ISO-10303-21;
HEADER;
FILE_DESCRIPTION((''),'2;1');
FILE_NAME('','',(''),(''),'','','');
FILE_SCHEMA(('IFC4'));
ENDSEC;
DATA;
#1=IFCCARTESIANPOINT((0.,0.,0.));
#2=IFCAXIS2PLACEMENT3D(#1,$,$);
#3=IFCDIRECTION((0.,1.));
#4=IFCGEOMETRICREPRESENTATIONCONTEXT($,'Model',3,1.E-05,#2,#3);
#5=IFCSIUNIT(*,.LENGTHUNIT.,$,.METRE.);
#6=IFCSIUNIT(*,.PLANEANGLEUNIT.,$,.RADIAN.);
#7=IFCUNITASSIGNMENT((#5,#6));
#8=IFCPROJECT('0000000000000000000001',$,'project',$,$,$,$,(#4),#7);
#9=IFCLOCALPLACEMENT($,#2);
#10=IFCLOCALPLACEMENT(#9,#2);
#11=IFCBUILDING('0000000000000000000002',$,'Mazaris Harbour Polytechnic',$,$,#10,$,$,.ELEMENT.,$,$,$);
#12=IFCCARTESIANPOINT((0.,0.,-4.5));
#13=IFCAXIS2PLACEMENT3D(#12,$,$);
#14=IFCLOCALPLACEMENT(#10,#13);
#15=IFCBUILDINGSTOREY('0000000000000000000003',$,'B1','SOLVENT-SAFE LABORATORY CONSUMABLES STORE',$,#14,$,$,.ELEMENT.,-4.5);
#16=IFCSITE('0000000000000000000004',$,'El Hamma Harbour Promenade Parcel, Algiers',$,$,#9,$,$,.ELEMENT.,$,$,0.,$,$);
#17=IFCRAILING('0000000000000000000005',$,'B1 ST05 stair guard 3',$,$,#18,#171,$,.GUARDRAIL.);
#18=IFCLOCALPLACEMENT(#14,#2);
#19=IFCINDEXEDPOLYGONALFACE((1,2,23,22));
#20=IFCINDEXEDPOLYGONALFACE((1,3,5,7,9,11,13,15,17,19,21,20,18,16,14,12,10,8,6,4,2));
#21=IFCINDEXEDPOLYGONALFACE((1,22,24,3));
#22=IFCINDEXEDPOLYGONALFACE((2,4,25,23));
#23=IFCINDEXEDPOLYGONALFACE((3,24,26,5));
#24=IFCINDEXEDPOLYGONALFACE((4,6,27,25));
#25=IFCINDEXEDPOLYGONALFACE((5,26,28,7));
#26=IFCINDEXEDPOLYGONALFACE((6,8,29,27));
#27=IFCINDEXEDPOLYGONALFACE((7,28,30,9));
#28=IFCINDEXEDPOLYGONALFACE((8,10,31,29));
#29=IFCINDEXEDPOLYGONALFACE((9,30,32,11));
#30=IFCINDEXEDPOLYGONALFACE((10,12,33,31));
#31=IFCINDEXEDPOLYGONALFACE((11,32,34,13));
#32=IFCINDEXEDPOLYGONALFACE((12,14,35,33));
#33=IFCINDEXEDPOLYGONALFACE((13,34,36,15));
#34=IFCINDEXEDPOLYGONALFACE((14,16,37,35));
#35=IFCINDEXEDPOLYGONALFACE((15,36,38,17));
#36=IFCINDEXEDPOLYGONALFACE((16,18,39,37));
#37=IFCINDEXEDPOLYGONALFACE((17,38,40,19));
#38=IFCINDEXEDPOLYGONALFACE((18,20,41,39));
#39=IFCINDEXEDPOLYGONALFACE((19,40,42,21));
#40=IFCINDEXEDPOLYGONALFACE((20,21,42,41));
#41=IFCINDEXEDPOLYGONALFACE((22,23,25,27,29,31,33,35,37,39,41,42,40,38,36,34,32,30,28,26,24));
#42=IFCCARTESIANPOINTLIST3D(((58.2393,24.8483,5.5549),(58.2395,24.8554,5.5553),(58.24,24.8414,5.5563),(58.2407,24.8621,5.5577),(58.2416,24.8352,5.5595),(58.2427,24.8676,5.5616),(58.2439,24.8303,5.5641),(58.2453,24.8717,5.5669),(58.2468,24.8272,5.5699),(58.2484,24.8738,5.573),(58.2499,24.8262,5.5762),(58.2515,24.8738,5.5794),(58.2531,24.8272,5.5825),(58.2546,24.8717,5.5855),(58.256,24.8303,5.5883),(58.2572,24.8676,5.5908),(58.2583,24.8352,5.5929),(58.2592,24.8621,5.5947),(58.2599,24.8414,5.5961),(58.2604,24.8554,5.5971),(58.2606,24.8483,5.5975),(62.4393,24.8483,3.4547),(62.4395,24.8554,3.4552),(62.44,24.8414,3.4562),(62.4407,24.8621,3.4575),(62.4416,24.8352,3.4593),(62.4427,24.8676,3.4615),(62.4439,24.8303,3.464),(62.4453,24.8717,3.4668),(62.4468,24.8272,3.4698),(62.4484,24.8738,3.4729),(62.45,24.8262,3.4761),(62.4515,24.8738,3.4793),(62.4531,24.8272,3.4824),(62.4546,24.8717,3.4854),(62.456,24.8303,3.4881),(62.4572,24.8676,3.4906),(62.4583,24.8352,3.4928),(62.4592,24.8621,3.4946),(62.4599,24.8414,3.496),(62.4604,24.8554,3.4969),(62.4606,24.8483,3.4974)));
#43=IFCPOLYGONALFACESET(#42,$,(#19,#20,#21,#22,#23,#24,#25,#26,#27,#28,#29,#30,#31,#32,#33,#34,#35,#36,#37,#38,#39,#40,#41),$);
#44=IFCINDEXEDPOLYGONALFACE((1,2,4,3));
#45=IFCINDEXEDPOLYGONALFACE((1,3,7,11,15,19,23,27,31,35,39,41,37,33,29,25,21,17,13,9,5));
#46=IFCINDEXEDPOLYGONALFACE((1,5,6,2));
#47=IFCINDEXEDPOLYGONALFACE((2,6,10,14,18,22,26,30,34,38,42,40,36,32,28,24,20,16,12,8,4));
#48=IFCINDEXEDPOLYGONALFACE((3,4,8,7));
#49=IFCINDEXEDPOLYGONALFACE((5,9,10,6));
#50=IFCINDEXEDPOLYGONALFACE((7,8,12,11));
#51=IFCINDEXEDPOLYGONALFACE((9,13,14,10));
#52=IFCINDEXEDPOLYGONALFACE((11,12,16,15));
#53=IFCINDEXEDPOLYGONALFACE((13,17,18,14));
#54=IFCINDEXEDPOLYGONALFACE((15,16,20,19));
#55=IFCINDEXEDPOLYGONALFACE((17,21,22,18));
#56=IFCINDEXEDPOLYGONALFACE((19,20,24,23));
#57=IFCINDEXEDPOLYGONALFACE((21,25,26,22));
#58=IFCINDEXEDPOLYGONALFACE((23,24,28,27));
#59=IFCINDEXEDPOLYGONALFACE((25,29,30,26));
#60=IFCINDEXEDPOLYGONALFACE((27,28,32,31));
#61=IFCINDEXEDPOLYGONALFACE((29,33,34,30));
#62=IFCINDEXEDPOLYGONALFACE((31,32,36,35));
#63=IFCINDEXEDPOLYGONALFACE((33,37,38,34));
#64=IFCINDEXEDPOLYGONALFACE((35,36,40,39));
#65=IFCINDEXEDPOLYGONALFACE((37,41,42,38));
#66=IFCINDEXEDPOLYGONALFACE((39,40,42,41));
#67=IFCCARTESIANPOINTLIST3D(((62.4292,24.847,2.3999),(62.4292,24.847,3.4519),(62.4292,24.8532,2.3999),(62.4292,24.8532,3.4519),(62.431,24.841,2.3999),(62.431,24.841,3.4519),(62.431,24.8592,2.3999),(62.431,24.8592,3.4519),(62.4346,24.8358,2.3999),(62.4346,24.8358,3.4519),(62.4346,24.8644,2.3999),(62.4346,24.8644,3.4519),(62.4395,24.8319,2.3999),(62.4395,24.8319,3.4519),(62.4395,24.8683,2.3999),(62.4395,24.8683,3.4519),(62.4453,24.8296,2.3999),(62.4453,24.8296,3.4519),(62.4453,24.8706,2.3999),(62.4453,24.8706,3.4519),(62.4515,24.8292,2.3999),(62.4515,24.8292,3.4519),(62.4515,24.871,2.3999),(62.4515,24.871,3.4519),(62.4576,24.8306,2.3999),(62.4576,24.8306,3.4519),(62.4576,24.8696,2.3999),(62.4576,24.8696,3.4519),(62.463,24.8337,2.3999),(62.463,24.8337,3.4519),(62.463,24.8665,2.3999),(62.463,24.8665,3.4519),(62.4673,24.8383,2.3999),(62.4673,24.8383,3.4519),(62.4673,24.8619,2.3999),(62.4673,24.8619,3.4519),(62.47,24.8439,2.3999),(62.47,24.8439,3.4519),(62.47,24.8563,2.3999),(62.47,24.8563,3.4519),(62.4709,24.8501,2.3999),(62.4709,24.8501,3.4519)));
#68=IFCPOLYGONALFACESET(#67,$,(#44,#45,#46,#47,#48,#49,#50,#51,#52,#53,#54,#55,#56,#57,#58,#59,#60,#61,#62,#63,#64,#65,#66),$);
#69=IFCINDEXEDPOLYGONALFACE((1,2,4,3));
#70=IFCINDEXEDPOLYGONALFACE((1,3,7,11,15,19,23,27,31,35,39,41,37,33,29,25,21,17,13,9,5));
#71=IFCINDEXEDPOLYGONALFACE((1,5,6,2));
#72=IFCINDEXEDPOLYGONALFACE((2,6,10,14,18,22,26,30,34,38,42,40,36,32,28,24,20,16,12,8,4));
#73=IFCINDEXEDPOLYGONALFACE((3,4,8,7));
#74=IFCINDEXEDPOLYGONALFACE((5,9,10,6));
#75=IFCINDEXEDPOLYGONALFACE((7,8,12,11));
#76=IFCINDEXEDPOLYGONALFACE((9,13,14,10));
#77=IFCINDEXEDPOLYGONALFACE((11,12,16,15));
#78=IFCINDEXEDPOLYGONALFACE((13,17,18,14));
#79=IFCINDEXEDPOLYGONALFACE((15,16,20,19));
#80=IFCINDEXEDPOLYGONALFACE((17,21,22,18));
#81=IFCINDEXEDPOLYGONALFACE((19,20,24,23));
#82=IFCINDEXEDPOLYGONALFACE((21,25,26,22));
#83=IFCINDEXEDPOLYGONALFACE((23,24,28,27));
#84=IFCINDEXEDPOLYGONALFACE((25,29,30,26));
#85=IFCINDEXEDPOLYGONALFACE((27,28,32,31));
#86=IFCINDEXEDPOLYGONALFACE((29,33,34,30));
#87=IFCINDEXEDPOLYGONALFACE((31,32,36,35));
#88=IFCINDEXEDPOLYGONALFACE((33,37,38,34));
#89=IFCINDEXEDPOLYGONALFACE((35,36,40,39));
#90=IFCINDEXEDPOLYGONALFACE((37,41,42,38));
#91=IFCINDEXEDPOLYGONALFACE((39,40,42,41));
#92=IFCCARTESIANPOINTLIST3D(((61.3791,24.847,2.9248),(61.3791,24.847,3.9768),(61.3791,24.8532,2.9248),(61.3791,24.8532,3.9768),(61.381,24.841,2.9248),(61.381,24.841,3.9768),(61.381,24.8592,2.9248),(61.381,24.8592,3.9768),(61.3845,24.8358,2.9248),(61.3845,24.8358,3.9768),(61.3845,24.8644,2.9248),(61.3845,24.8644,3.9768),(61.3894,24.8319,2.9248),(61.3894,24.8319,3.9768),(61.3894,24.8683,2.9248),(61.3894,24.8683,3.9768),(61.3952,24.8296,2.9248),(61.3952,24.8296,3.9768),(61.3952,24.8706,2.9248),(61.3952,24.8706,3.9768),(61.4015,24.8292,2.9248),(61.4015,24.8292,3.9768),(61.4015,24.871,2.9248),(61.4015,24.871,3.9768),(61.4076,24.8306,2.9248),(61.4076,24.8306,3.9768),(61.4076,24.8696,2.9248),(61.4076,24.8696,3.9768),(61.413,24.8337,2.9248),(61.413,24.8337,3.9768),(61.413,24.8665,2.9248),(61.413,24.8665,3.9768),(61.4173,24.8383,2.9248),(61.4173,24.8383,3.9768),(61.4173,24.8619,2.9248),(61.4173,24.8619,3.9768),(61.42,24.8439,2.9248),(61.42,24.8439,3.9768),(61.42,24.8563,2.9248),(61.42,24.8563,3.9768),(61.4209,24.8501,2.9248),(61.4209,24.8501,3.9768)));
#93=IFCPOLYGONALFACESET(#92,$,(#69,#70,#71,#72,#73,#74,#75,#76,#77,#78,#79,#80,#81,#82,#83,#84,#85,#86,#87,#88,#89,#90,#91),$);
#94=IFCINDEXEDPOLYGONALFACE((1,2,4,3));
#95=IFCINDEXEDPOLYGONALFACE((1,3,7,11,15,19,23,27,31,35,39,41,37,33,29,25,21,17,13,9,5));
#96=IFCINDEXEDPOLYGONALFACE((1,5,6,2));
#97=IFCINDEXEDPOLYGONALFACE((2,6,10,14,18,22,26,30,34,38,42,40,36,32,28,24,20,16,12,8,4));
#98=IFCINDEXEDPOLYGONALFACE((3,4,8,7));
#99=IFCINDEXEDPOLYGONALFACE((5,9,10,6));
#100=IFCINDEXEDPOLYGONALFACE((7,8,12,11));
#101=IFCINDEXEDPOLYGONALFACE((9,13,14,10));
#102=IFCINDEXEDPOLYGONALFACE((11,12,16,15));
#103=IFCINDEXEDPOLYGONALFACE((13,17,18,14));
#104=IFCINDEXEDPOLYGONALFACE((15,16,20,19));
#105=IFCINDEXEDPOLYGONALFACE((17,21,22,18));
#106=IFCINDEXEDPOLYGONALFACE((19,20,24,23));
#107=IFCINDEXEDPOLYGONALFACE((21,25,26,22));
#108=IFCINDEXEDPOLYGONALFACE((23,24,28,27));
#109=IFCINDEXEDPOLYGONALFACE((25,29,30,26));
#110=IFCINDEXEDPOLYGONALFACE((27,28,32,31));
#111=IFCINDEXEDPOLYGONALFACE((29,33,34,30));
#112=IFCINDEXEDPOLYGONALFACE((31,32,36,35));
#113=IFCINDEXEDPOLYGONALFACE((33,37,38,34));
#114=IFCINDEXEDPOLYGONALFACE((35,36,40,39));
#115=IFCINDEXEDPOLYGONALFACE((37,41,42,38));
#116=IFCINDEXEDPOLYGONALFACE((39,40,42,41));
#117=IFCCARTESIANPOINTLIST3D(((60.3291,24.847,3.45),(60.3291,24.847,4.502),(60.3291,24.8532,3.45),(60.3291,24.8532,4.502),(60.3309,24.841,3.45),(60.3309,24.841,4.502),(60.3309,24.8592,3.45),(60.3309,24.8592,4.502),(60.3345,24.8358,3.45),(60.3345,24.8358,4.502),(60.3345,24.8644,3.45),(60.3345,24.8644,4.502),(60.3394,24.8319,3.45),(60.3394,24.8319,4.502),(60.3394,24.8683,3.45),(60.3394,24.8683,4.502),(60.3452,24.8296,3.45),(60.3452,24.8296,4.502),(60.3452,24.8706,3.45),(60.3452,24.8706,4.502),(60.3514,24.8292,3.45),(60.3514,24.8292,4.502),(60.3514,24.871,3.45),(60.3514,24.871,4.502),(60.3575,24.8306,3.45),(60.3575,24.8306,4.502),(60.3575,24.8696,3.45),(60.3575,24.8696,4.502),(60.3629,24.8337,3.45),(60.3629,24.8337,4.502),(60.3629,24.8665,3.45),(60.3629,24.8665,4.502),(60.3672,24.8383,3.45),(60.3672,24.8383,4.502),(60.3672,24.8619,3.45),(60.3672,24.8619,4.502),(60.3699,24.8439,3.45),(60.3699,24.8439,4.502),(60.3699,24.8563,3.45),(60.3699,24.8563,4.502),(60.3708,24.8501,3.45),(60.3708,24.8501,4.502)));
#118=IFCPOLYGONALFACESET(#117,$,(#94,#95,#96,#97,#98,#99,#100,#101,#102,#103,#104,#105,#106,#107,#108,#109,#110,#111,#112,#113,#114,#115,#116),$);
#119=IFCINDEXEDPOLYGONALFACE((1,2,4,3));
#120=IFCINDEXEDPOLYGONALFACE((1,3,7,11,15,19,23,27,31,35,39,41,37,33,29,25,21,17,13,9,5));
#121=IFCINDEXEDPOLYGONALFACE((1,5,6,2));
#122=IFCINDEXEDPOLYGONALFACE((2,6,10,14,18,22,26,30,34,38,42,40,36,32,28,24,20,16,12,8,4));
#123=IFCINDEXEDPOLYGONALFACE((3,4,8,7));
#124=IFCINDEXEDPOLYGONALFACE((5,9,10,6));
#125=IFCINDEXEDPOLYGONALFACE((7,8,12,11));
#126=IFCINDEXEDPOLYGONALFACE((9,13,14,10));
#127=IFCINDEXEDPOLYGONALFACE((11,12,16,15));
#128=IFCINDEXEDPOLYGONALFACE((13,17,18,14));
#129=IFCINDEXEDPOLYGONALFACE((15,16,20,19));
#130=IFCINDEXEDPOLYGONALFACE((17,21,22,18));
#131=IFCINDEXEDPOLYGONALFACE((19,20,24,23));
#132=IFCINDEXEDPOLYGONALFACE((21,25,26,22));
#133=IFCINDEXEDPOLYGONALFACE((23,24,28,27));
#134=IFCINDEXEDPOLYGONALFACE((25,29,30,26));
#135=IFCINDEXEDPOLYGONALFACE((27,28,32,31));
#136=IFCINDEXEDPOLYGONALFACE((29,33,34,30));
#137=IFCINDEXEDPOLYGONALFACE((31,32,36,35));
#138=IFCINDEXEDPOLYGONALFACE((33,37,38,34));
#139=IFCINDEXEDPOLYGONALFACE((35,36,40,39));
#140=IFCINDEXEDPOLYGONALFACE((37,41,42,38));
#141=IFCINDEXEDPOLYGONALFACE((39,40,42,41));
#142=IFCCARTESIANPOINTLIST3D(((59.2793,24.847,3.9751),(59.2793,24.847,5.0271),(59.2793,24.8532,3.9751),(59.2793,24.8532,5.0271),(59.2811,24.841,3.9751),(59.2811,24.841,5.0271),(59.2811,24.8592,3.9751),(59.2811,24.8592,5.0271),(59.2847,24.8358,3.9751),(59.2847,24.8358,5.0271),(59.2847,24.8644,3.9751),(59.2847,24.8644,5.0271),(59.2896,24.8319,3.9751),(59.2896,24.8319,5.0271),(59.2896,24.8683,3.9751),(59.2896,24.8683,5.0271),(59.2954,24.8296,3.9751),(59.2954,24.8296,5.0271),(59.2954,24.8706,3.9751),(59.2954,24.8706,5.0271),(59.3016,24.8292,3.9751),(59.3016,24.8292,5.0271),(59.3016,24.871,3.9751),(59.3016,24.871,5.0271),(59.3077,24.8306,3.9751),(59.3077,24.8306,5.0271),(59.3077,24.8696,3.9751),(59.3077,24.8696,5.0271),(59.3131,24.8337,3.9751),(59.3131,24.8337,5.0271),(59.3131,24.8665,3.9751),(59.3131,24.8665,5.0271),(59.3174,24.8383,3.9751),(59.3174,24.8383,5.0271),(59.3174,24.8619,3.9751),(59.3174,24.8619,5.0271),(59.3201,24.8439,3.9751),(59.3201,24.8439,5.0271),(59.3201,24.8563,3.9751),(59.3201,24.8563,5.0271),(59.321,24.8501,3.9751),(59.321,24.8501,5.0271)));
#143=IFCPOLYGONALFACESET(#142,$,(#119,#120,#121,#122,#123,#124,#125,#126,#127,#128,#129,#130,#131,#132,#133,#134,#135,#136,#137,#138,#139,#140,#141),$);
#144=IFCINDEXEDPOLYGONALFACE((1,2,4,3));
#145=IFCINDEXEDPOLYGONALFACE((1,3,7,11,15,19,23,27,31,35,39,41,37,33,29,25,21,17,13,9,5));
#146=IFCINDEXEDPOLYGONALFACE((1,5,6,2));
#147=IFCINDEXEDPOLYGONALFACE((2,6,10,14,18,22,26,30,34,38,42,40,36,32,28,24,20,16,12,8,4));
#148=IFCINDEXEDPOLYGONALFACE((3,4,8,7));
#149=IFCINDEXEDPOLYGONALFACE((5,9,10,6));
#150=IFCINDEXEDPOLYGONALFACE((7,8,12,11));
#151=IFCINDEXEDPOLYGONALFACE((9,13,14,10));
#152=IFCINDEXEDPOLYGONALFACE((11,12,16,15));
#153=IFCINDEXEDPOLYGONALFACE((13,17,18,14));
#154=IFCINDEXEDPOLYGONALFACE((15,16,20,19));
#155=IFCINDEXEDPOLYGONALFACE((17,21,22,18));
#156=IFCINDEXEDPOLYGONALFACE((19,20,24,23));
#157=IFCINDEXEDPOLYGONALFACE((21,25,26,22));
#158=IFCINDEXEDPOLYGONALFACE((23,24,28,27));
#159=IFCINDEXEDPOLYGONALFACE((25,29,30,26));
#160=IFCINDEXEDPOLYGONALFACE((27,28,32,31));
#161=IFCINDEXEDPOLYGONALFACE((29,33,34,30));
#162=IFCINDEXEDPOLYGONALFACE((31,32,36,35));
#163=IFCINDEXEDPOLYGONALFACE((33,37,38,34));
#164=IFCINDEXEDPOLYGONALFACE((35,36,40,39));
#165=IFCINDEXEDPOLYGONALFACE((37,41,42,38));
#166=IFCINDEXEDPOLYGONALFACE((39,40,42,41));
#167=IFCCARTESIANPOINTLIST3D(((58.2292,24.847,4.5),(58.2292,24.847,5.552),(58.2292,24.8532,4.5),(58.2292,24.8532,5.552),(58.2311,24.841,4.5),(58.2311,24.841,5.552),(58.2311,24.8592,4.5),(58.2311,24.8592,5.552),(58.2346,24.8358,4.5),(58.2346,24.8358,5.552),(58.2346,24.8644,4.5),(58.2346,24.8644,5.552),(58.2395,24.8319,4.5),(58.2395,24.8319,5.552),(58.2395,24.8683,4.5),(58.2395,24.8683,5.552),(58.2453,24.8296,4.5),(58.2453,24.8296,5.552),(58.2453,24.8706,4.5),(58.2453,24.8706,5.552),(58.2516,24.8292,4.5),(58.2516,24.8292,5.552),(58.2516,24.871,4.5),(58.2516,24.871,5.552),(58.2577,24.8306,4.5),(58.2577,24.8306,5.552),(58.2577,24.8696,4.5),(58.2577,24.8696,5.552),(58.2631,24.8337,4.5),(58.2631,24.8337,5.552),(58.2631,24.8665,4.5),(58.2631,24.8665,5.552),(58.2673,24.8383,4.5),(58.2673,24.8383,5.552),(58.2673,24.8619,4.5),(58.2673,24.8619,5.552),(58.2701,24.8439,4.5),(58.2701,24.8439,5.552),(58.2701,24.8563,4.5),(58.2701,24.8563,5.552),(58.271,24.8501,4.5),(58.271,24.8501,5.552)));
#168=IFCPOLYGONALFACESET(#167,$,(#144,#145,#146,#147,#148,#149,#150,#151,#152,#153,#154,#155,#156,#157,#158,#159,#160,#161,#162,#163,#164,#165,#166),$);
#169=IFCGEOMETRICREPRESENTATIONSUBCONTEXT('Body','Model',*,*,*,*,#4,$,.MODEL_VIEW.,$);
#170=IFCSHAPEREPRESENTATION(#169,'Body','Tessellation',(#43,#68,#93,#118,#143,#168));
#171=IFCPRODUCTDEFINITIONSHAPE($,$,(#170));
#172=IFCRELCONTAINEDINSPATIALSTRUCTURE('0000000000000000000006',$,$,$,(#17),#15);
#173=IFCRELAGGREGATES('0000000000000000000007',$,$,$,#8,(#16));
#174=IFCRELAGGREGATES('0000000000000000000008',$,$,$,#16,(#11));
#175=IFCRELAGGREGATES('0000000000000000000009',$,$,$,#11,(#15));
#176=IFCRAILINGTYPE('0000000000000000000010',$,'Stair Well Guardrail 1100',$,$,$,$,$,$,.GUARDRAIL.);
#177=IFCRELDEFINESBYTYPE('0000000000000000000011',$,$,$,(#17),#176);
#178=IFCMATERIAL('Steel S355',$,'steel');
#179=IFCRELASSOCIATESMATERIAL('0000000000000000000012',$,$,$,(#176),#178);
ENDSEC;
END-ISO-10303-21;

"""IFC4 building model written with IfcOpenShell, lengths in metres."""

from ifc_helpers import new_model, si_unit, direction, frame, origin, origin_2d, place, context, subcontext, project, spatial, circle, extrude, material, type_object, element, save


model = new_model("IFC4")

# Units and contexts
model_context = context("Model", 3, precision=1e-05, world=origin(), true_north=direction((0.0, 1.0)))
body_context = subcontext(model_context, "Body", "Model", "MODEL_VIEW")
ifc_project = project(units=[si_unit("LENGTHUNIT", "METRE"), si_unit("PLANEANGLEUNIT", "RADIAN")], contexts=[model_context])

# Site, building, storey
site_placement = place(None, origin())
site = spatial("IfcSite", under=ifc_project, at=site_placement, Name="El Hamma Harbour Promenade Parcel, Algiers", CompositionType="ELEMENT", RefElevation=0.0)
building_placement = place(site_placement, origin())
building = spatial("IfcBuilding", under=site, at=building_placement, Name="Mazaris Harbour Polytechnic", CompositionType="ELEMENT")
storey_placement = place(building_placement, frame((0.0, 0.0, -4.5)))
storey = spatial("IfcBuildingStorey", under=building, at=storey_placement, Name="B1", Description="SOLVENT-SAFE LABORATORY CONSUMABLES STORE", CompositionType="ELEMENT", Elevation=-4.5)

# Railing
ifc_material_1 = material(Name="Steel S355", Category="steel")
railing_type_1 = type_object("IfcRailingType", Name="Stair Well Guardrail 1100", PredefinedType="GUARDRAIL", material=ifc_material_1)
railing_1_placement = place(storey_placement, frame((62.45, 24.8501, 2.3999)))
element("IfcRailing", 1, at=railing_1_placement, inside=storey, type_object=railing_type_1, Name="B1 ST05 stair guard 3", PredefinedType="GUARDRAIL", context=body_context, shape_type="SweptSolid", body=[
    extrude(circle(Radius=0.0239, at=origin_2d()), frame((0.0, 0.0, 1.0762), z_axis=(-0.894417, 0.0, 0.447234), x_axis=(0.0, -1.0, 0.0)), (0.0, 0.0, 1.0), 4.6958),
    extrude(circle(Radius=0.021, at=origin_2d()), origin(), (0.0, 0.0, 1.0), 1.052),
    extrude(circle(Radius=0.021, at=origin_2d()), frame((-1.05, 0.0, 0.5249)), (0.0, 0.0, 1.0), 1.052),
    extrude(circle(Radius=0.021, at=origin_2d()), frame((-2.1001, 0.0, 1.05)), (0.0, 0.0, 1.0), 1.052),
    extrude(circle(Radius=0.021, at=origin_2d()), frame((-3.1499, 0.0, 1.5752)), (0.0, 0.0, 1.0), 1.052),
    extrude(circle(Radius=0.021, at=origin_2d()), frame((-4.2, 0.0, 2.1001)), (0.0, 0.0, 1.0), 1.052),
])

save(model, "model.ifc")
